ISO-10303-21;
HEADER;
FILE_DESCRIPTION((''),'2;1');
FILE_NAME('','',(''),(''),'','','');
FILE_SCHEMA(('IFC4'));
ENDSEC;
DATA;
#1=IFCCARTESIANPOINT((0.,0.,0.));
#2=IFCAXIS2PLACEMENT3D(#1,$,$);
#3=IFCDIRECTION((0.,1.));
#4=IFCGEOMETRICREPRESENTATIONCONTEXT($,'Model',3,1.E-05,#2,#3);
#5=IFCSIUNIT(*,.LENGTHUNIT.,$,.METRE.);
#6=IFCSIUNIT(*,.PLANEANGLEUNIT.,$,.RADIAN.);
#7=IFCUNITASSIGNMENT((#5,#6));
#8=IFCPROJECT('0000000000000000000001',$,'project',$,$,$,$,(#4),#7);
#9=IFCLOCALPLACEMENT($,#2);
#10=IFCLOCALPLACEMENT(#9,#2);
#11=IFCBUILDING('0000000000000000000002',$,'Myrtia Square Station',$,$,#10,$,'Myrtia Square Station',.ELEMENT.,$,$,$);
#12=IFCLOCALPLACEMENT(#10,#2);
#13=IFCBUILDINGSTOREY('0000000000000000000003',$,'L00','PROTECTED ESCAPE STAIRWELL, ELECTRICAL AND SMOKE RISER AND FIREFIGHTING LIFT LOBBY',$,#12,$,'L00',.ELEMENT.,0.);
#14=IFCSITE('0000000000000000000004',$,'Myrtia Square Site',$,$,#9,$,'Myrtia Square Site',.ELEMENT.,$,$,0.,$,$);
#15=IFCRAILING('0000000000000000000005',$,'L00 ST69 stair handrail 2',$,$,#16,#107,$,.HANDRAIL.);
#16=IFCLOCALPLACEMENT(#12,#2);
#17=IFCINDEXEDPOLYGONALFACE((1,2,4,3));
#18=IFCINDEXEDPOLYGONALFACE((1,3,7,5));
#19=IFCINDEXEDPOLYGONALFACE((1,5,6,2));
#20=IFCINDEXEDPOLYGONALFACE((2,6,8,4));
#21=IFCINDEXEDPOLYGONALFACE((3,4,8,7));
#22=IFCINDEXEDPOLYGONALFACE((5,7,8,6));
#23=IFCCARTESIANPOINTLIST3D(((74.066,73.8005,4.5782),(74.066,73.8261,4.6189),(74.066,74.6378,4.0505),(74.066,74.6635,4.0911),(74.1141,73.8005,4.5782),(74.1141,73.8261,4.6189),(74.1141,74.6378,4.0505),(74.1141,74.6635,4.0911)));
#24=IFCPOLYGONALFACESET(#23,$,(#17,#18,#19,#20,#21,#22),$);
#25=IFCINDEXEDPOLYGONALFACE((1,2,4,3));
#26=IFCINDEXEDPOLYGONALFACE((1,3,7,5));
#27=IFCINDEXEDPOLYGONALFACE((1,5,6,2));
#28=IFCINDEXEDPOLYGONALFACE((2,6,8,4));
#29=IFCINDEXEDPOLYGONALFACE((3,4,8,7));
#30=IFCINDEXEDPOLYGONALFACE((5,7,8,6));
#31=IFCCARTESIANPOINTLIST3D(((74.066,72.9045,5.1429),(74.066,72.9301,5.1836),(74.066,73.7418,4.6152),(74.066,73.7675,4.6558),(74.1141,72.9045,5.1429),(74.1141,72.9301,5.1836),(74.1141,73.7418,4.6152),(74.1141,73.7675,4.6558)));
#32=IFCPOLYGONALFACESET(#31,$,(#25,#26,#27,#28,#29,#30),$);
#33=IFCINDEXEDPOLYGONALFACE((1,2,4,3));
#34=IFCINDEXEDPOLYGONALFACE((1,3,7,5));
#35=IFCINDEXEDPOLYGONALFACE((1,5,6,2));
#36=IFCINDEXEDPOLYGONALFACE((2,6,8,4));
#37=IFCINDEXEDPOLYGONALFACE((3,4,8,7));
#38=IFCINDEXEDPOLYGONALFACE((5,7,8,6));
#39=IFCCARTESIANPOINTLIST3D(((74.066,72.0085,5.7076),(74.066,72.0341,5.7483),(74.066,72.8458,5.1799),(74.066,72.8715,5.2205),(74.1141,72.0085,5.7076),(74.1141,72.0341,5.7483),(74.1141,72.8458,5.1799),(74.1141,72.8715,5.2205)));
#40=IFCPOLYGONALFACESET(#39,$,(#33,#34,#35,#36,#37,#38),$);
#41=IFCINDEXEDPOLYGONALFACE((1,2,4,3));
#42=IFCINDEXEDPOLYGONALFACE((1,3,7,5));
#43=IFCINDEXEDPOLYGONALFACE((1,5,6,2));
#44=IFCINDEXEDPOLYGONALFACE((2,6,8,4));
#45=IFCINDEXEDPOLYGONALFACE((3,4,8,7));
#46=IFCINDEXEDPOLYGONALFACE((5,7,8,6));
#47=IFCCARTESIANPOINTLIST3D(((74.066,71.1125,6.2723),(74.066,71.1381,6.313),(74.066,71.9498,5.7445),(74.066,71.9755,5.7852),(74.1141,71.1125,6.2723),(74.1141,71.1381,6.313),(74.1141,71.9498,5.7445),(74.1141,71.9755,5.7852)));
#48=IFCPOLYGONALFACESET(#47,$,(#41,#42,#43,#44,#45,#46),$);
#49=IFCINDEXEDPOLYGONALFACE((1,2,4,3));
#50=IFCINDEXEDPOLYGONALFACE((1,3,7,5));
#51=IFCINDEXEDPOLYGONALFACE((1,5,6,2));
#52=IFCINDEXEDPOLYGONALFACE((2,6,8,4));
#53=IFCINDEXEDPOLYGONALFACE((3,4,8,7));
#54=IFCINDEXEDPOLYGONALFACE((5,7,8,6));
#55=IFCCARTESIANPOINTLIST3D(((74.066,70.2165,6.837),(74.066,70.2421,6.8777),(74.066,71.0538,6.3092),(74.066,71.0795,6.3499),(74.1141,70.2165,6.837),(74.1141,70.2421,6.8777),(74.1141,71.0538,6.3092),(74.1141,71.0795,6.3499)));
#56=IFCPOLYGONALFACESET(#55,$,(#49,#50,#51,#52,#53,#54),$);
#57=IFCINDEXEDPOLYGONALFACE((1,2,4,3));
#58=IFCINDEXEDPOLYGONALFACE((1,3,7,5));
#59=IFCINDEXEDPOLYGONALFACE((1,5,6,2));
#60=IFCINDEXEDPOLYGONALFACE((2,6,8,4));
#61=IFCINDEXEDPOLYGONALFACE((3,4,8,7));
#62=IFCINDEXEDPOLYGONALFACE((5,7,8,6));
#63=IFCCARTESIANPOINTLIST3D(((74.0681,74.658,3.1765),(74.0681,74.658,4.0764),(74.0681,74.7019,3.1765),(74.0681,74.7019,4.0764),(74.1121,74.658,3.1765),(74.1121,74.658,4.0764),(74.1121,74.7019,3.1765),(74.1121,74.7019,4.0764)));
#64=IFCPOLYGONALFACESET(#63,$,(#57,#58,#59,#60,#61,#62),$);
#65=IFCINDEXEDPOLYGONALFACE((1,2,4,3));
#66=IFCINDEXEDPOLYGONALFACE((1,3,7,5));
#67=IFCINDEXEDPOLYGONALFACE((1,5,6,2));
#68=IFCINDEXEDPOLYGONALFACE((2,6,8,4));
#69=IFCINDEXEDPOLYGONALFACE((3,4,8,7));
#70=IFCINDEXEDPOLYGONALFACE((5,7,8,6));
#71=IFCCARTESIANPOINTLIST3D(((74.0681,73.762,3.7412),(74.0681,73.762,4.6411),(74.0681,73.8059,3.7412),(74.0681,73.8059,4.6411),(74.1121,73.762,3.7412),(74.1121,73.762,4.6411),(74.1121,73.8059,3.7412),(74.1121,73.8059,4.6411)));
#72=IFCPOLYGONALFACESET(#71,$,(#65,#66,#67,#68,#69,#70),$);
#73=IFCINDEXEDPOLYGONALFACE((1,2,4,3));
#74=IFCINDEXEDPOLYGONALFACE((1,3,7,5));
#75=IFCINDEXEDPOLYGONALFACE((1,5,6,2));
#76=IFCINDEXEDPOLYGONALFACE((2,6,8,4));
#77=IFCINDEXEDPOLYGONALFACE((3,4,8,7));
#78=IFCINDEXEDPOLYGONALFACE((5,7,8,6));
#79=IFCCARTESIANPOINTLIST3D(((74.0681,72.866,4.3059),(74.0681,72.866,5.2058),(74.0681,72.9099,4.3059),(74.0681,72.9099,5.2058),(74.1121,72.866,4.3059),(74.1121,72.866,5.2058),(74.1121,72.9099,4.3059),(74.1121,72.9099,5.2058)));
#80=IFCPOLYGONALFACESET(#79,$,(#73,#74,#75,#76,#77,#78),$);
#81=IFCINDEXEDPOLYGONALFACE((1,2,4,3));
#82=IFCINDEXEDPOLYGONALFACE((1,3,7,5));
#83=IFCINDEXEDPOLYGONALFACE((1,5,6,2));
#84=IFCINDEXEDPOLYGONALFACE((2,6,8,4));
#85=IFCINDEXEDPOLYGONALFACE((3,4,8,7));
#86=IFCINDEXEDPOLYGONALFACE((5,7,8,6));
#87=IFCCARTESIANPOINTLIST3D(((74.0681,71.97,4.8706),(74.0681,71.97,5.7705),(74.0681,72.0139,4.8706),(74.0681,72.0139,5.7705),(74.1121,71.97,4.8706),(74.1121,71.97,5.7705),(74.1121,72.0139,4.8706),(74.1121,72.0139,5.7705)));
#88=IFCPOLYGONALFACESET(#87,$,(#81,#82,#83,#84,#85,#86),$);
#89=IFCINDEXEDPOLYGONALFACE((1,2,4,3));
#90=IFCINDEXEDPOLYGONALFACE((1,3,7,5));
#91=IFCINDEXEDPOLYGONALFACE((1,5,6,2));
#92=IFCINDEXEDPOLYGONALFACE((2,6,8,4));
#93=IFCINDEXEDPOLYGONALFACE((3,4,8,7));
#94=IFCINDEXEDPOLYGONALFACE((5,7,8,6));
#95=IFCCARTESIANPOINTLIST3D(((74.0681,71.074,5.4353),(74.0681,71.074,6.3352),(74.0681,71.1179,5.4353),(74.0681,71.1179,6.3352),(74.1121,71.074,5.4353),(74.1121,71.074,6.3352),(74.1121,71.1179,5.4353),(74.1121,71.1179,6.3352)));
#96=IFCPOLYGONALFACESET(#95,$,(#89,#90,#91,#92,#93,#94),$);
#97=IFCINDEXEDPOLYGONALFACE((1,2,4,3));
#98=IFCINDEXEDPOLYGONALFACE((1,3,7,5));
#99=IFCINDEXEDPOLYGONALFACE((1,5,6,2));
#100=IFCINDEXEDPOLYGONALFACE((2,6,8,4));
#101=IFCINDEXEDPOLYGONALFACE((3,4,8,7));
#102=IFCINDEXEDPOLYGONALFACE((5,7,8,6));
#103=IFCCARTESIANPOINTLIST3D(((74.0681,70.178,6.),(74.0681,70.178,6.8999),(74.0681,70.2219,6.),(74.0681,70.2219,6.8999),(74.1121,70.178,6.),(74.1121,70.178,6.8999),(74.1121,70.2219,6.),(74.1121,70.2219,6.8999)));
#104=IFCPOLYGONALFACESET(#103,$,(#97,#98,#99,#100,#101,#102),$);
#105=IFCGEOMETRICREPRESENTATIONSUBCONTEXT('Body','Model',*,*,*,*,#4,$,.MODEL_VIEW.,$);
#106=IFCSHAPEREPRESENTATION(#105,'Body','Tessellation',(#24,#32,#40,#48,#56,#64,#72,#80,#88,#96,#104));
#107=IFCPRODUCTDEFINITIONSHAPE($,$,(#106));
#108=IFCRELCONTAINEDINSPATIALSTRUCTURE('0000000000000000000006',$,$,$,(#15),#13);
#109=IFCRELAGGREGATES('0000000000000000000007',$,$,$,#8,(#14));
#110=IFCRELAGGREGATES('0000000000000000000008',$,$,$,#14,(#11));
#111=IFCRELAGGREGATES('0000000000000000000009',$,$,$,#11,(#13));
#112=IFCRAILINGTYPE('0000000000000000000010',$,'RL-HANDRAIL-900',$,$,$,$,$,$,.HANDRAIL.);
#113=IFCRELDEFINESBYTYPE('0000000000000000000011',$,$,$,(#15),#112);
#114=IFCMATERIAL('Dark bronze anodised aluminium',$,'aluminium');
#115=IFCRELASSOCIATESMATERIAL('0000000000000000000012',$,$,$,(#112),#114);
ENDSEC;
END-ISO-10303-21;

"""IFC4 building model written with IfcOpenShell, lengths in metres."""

from ifc_helpers import new_model, si_unit, direction, frame, origin, origin_2d, place, context, subcontext, project, spatial, rectangle, extrude, material, type_object, element, save


model = new_model("IFC4")

# Units and contexts
model_context = context("Model", 3, precision=1e-05, world=origin(), true_north=direction((0.0, 1.0)))
body_context = subcontext(model_context, "Body", "Model", "MODEL_VIEW")
ifc_project = project(units=[si_unit("LENGTHUNIT", "METRE"), si_unit("PLANEANGLEUNIT", "RADIAN")], contexts=[model_context])

# Site, building, storey
site_placement = place(None, origin())
site = spatial("IfcSite", under=ifc_project, at=site_placement, Name="Myrtia Square Site", LongName="Myrtia Square Site", CompositionType="ELEMENT", RefElevation=0.0)
building_placement = place(site_placement, origin())
building = spatial("IfcBuilding", under=site, at=building_placement, Name="Myrtia Square Station", LongName="Myrtia Square Station", CompositionType="ELEMENT")
storey_placement = place(building_placement, origin())
storey = spatial("IfcBuildingStorey", under=building, at=storey_placement, Name="L00", Description="PROTECTED ESCAPE STAIRWELL, ELECTRICAL AND SMOKE RISER AND FIREFIGHTING LIFT LOBBY", LongName="L00", CompositionType="ELEMENT", Elevation=0.0)

# Shared definitions
ifc_material_1 = material(Name="Dark bronze anodised aluminium", Category="aluminium")

# Railing
railing_type_1 = type_object("IfcRailingType", Name="RL-HANDRAIL-900", PredefinedType="HANDRAIL", material=ifc_material_1)
railing_1_placement = place(storey_placement, frame((74.0901, 74.6799, 3.1765)))
element("IfcRailing", 1, at=railing_1_placement, inside=storey, type_object=railing_type_1, Name="L00 ST69 stair handrail 2", PredefinedType="HANDRAIL", context=body_context, shape_type="SweptSolid", body=[
    extrude(rectangle(XDim=0.0481, YDim=0.0481, at=origin_2d()), frame((0.0, -0.0293, 0.8943), z_axis=(0.0, -0.845998, 0.533186), x_axis=(1.0, 0.0, 0.0)), (0.0, 0.0, 1.0), 0.9897),
    extrude(rectangle(XDim=0.0481, YDim=0.0481, at=origin_2d()), frame((0.0, -0.9253, 1.459), z_axis=(0.0, -0.845998, 0.533186), x_axis=(1.0, 0.0, 0.0)), (0.0, 0.0, 1.0), 0.9897),
    extrude(rectangle(XDim=0.0481, YDim=0.0481, at=origin_2d()), frame((0.0, -1.8213, 2.0237), z_axis=(0.0, -0.845998, 0.533186), x_axis=(1.0, 0.0, 0.0)), (0.0, 0.0, 1.0), 0.9897),
    extrude(rectangle(XDim=0.0481, YDim=0.0481, at=origin_2d()), frame((0.0, -2.7173, 2.5884), z_axis=(0.0, -0.845998, 0.533186), x_axis=(1.0, 0.0, 0.0)), (0.0, 0.0, 1.0), 0.9897),
    extrude(rectangle(XDim=0.0481, YDim=0.0481, at=origin_2d()), frame((0.0, -3.6133, 3.1531), z_axis=(0.0, -0.845998, 0.533186), x_axis=(1.0, 0.0, 0.0)), (0.0, 0.0, 1.0), 0.9897),
    extrude(rectangle(XDim=0.0439, YDim=0.0439, at=origin_2d()), origin(), (0.0, 0.0, 1.0), 0.8999),
    extrude(rectangle(XDim=0.0439, YDim=0.0439, at=origin_2d()), frame((0.0, -0.896, 0.5647)), (0.0, 0.0, 1.0), 0.8999),
    extrude(rectangle(XDim=0.0439, YDim=0.0439, at=origin_2d()), frame((0.0, -1.792, 1.1294)), (0.0, 0.0, 1.0), 0.8999),
    extrude(rectangle(XDim=0.0439, YDim=0.0439, at=origin_2d()), frame((0.0, -2.688, 1.6941)), (0.0, 0.0, 1.0), 0.8999),
    extrude(rectangle(XDim=0.0439, YDim=0.0439, at=origin_2d()), frame((0.0, -3.584, 2.2588)), (0.0, 0.0, 1.0), 0.8999),
    extrude(rectangle(XDim=0.0439, YDim=0.0439, at=origin_2d()), frame((0.0, -4.48, 2.8235)), (0.0, 0.0, 1.0), 0.8999),
])

save(model, "model.ifc")
